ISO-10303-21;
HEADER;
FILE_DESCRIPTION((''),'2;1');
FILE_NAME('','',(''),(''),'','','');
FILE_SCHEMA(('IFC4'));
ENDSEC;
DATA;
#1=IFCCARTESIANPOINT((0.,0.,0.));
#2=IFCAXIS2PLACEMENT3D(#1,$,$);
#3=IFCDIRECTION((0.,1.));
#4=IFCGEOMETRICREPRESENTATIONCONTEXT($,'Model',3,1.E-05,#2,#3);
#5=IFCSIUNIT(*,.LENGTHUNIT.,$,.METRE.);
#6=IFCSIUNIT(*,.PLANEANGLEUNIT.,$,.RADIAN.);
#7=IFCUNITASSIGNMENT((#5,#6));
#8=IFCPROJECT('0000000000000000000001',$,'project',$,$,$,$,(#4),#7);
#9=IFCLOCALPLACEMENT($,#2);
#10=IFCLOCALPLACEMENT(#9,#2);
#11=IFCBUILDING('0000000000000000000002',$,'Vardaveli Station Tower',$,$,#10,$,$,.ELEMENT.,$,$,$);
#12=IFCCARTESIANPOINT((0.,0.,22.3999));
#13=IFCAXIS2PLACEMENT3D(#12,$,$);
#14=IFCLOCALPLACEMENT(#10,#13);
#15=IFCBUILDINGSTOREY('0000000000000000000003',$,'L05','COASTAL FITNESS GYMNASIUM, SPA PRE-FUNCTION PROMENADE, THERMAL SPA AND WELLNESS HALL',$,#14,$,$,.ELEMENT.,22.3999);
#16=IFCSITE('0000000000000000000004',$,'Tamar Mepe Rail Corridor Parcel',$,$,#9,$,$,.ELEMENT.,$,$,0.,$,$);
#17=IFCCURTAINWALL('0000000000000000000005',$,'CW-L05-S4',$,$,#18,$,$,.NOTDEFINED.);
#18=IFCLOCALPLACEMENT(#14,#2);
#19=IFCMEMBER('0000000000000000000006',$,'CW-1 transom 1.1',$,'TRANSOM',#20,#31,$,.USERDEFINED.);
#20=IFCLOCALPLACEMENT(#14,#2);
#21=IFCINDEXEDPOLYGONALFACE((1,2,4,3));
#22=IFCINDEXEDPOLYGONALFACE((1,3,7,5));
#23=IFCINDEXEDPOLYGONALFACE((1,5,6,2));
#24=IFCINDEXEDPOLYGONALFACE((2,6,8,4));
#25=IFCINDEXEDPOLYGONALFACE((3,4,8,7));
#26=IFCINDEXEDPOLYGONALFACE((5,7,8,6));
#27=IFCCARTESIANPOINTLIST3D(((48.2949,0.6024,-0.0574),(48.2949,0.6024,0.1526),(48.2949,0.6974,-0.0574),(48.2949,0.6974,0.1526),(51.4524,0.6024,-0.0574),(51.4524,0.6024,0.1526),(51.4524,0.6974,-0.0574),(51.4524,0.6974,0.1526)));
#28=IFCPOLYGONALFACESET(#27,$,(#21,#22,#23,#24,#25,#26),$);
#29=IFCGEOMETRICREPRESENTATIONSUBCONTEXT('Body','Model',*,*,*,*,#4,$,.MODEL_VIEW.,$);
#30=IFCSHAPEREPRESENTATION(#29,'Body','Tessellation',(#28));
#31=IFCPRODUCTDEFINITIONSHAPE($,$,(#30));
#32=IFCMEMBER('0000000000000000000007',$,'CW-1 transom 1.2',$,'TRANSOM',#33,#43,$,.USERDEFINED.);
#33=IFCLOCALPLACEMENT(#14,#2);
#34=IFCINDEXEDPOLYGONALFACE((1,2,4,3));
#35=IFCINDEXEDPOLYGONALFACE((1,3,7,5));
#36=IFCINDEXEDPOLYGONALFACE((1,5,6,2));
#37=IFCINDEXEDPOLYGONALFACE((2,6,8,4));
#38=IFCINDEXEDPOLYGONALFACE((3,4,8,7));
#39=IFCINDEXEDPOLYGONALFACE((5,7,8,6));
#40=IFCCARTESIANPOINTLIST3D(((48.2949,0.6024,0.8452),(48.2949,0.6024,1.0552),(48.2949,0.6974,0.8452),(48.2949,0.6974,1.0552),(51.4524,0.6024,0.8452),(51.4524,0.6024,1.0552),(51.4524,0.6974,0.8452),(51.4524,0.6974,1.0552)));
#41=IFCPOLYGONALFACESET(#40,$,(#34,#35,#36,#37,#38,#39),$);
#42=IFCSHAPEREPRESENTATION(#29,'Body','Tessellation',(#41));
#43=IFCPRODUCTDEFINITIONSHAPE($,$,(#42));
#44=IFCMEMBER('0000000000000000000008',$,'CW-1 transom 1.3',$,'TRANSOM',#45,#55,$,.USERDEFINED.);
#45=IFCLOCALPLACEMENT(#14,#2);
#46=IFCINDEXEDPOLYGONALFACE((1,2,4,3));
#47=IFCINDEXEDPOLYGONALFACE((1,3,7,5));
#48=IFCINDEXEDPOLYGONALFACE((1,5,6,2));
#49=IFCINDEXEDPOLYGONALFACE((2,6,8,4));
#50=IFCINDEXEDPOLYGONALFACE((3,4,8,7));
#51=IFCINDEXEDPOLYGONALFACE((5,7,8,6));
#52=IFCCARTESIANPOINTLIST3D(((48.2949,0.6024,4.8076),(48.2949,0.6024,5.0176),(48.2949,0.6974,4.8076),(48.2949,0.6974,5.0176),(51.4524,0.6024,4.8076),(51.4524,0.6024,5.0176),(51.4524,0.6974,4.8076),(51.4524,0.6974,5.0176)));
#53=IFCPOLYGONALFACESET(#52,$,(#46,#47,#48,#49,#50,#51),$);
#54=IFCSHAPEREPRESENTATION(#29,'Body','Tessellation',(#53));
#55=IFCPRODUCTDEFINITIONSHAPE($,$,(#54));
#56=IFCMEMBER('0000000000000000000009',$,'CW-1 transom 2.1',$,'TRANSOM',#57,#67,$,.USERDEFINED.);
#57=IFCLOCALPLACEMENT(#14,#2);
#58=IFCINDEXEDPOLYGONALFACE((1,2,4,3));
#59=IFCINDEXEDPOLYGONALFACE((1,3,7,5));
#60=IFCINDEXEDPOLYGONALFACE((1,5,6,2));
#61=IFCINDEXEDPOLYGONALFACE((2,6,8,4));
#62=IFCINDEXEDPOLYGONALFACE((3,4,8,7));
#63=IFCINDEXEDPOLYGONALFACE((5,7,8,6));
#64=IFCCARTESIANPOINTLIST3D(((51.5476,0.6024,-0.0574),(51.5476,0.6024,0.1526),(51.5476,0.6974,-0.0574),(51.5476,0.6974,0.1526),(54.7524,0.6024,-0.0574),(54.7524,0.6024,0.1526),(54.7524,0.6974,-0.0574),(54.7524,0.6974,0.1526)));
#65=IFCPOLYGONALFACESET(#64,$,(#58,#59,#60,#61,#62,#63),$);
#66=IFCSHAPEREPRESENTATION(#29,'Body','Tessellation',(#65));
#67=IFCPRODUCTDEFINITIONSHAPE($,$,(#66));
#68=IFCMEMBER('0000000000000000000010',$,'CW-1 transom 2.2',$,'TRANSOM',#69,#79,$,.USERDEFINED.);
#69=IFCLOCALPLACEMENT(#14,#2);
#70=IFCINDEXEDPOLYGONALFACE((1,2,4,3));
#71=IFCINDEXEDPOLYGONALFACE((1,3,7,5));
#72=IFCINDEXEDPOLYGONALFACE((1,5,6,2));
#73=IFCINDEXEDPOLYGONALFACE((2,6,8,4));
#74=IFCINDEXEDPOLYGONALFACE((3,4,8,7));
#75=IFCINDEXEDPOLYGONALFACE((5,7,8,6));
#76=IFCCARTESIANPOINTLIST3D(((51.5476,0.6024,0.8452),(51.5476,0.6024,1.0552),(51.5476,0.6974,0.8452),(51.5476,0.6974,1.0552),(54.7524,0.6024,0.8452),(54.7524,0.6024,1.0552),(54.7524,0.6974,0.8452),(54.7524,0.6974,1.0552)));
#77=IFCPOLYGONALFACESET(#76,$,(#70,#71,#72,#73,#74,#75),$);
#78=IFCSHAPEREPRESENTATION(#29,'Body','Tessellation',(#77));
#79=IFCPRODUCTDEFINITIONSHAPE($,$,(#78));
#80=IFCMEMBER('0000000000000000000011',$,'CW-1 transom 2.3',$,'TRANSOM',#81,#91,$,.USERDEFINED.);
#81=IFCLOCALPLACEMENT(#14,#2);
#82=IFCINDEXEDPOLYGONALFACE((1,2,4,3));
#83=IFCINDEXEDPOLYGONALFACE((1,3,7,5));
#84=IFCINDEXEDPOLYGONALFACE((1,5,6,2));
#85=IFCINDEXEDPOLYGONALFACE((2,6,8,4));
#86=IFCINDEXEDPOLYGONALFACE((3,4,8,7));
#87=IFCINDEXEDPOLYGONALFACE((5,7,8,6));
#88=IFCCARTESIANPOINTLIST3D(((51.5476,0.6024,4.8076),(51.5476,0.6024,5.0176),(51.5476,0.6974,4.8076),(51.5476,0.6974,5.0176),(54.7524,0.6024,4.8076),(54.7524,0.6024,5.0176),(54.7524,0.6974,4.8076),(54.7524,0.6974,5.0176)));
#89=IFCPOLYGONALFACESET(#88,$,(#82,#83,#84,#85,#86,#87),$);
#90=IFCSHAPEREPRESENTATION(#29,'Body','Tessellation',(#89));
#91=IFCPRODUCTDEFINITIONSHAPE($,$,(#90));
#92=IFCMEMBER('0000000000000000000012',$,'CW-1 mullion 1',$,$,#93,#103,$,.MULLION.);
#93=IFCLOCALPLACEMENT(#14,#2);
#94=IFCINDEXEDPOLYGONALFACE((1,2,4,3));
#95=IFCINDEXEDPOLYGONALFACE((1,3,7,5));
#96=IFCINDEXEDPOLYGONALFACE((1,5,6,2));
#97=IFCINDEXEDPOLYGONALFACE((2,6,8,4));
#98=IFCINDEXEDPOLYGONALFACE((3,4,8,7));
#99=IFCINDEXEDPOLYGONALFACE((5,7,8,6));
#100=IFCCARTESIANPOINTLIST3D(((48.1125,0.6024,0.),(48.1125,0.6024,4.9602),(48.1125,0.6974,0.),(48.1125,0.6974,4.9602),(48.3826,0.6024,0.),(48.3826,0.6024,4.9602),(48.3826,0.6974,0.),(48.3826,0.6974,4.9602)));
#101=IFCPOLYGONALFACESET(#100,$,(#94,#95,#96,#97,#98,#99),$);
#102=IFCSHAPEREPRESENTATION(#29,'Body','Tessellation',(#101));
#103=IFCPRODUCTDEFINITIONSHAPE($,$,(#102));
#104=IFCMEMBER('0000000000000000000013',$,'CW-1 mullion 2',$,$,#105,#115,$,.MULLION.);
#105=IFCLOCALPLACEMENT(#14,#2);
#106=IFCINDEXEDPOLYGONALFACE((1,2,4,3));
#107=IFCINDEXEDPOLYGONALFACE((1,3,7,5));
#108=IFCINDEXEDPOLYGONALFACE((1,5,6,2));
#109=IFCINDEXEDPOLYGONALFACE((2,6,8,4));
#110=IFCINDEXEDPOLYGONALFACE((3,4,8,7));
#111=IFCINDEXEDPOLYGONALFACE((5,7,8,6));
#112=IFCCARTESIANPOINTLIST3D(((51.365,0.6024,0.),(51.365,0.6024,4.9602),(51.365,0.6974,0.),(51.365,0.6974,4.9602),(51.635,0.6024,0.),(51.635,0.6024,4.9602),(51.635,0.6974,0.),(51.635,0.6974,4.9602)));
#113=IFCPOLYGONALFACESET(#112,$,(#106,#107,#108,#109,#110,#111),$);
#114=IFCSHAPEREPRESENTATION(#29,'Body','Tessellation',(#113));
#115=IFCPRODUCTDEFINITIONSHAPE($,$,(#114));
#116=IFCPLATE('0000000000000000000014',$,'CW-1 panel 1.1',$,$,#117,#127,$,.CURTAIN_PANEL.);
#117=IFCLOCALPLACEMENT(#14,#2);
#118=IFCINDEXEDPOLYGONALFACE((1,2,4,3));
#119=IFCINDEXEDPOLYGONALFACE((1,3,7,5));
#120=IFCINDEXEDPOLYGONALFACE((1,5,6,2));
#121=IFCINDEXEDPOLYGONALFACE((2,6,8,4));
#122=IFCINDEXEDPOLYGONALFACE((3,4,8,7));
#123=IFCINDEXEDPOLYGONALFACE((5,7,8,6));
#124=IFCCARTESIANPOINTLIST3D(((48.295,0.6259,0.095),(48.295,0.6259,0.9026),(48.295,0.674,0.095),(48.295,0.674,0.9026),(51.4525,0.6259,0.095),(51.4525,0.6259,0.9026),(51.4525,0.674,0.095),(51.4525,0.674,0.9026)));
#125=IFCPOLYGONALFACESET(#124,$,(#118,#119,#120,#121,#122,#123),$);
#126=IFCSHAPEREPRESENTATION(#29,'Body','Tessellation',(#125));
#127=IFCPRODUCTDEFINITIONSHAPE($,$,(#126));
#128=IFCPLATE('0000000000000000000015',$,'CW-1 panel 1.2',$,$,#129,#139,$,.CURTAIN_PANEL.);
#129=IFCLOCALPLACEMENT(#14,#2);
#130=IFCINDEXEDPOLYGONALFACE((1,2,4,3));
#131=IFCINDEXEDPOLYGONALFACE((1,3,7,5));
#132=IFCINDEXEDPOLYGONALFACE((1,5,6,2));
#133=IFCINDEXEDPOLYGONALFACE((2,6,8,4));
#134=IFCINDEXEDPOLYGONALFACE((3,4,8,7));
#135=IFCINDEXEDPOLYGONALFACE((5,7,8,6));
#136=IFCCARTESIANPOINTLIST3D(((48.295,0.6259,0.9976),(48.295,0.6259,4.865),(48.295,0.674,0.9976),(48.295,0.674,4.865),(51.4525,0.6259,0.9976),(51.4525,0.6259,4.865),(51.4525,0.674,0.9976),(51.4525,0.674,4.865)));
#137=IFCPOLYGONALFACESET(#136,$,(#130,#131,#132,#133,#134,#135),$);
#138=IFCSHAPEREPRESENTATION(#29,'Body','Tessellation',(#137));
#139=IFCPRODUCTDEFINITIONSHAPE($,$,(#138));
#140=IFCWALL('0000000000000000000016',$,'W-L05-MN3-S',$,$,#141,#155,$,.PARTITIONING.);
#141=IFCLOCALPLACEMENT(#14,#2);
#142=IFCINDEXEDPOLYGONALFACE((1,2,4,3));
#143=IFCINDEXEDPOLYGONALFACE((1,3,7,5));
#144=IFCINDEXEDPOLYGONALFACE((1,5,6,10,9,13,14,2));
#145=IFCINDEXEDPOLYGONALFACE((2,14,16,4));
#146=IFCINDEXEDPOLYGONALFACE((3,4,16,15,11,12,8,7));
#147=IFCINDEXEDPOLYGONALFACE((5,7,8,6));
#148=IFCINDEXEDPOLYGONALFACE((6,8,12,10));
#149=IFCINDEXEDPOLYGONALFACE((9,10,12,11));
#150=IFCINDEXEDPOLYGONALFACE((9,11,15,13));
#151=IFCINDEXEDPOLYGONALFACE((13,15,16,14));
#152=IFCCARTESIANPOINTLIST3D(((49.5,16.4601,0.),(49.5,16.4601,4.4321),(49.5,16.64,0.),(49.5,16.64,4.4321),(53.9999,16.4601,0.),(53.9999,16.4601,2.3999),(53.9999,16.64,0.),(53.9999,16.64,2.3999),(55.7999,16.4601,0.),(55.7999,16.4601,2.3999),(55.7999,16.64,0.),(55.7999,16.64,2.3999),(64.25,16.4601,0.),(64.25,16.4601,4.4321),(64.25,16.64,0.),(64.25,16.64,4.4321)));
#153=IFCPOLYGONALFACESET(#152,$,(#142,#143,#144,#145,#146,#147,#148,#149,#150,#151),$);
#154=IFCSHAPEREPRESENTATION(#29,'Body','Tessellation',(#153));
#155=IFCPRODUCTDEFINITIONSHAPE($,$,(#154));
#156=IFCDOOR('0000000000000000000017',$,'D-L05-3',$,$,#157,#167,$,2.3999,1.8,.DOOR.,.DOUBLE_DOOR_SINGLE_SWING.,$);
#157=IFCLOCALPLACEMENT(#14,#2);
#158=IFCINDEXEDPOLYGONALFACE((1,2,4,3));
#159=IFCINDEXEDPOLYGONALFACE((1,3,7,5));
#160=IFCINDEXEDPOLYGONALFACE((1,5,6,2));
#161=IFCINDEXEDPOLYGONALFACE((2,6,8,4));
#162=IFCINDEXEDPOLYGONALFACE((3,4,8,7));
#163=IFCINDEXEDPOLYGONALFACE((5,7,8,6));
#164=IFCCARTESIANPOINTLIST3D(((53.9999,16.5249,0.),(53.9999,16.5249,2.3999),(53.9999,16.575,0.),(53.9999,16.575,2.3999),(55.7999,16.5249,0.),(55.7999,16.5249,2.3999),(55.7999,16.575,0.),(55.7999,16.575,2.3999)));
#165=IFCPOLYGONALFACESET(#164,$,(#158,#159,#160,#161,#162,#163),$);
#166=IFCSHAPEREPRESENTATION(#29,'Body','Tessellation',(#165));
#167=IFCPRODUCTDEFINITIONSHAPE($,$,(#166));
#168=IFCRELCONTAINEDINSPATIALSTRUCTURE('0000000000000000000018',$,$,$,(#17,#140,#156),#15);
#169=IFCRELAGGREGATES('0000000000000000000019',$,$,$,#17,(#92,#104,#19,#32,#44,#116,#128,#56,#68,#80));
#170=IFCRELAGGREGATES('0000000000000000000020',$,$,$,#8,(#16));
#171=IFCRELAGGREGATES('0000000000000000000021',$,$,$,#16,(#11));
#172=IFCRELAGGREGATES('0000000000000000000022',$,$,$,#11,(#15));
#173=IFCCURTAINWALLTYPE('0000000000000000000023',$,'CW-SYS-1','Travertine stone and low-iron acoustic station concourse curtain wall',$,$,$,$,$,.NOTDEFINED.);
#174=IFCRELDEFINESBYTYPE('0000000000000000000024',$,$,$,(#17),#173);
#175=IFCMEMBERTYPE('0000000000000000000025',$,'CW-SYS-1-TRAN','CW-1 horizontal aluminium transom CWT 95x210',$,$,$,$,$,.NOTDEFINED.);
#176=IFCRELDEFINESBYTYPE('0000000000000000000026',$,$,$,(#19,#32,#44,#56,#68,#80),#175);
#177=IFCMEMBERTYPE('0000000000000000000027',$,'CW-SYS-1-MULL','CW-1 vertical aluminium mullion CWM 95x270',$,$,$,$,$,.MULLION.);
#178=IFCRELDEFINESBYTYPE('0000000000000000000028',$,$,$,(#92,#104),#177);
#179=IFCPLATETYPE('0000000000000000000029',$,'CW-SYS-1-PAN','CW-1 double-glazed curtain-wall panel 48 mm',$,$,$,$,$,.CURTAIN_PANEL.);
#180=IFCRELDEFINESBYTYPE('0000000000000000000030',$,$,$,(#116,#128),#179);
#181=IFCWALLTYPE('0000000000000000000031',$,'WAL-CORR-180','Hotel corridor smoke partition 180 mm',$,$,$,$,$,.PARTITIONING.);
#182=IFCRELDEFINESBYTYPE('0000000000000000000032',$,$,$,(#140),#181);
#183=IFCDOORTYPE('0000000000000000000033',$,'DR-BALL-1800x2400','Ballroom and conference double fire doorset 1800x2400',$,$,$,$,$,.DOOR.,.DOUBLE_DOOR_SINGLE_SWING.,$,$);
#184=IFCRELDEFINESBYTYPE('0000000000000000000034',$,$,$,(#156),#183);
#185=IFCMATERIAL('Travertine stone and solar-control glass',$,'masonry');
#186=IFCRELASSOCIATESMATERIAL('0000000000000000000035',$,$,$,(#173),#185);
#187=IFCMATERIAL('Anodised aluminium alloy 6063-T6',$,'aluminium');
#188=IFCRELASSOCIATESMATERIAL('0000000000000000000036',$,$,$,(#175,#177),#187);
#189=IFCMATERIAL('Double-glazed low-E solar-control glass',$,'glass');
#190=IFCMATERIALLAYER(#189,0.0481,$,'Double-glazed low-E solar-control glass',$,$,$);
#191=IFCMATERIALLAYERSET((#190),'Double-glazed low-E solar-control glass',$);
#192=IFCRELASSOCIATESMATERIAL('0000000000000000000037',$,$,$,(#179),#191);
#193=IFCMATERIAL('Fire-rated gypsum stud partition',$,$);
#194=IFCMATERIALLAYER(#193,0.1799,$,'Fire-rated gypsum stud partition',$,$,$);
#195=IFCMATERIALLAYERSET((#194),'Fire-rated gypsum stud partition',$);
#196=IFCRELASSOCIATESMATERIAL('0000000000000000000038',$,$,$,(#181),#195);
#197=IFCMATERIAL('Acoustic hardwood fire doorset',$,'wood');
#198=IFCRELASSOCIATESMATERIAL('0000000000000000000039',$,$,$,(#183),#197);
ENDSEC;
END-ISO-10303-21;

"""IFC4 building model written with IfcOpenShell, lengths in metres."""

from ifc_helpers import new_model, si_unit, direction, frame, frame_2d, origin, origin_2d, place, context, subcontext, project, spatial, rectangle, extrude, source, transform, mapped, material, layer, layer_set, material_profile, profile_set, type_object, element, fill, aggregate, save


model = new_model("IFC4")

# Units and contexts
model_context = context("Model", 3, precision=1e-05, world=origin(), true_north=direction((0.0, 1.0)))
body_context = subcontext(model_context, "Body", "Model", "MODEL_VIEW")
ifc_project = project(units=[si_unit("LENGTHUNIT", "METRE"), si_unit("PLANEANGLEUNIT", "RADIAN")], contexts=[model_context])

# Site, building, storey
site_placement = place(None, origin())
site = spatial("IfcSite", under=ifc_project, at=site_placement, Name="Tamar Mepe Rail Corridor Parcel", CompositionType="ELEMENT", RefElevation=0.0)
building_placement = place(site_placement, origin())
building = spatial("IfcBuilding", under=site, at=building_placement, Name="Vardaveli Station Tower", CompositionType="ELEMENT")
storey_placement = place(building_placement, frame((0.0, 0.0, 22.3999)))
storey = spatial("IfcBuildingStorey", under=building, at=storey_placement, Name="L05", Description="COASTAL FITNESS GYMNASIUM, SPA PRE-FUNCTION PROMENADE, THERMAL SPA AND WELLNESS HALL", CompositionType="ELEMENT", Elevation=22.3999)

# Curtain wall, members, plates
ifc_material_1 = material(Name="Travertine stone and solar-control glass", Category="masonry")
curtain_wall_type = type_object("IfcCurtainWallType", Name="CW-SYS-1", Description="Travertine stone and low-iron acoustic station concourse curtain wall", PredefinedType="NOTDEFINED", material=ifc_material_1)
curtain_wall_placement = place(storey_placement, origin())
curtain_wall = element("IfcCurtainWall", 1, at=curtain_wall_placement, inside=storey, type_object=curtain_wall_type, Name="CW-L05-S4", PredefinedType="NOTDEFINED")
ifc_material_2 = material(Name="Anodised aluminium alloy 6063-T6", Category="aluminium")
ifc_material_profile_1 = material_profile(ifc_material_2, rectangle(XDim=0.095, YDim=0.21, at=origin_2d()), Name="CWT 95x210")
ifc_profile_set_1 = profile_set([ifc_material_profile_1], Name="Anodised aluminium alloy 6063-T6")
member_type_1 = type_object("IfcMemberType", Name="CW-SYS-1-TRAN", Description="CW-1 horizontal aluminium transom CWT 95x210", PredefinedType="NOTDEFINED", material=ifc_profile_set_1)
shared_shape_1 = source(origin(), body_context, "Body", "SweptSolid", [
    extrude(rectangle(XDim=0.095, YDim=0.21, at=origin_2d()), origin(), (0.0, 0.0, 1.0), 3.1575),
])
member_1_placement = place(storey_placement, frame((48.2949, 0.6499, 0.0476), z_axis=(1.0, 0.0, 0.0), x_axis=(0.0, 1.0, 0.0)))
member_1 = element("IfcMember", 2, at=member_1_placement, type_object=member_type_1, Name="CW-1 transom 1.1", ObjectType="TRANSOM", PredefinedType="USERDEFINED", context=body_context, shape_type="MappedRepresentation", body=[
    mapped(shared_shape_1, transform((0.0, 0.0, 0.0), scale=1.0)),
])
member_2_placement = place(storey_placement, frame((48.2949, 0.6499, 0.9502), z_axis=(1.0, 0.0, 0.0), x_axis=(0.0, 1.0, 0.0)))
member_2 = element("IfcMember", 3, at=member_2_placement, type_object=member_type_1, Name="CW-1 transom 1.2", ObjectType="TRANSOM", PredefinedType="USERDEFINED", context=body_context, shape_type="MappedRepresentation", body=[
    mapped(shared_shape_1, transform((0.0, 0.0, 0.0), scale=1.0)),
])
member_3_placement = place(storey_placement, frame((48.2949, 0.6499, 4.9126), z_axis=(1.0, 0.0, 0.0), x_axis=(0.0, 1.0, 0.0)))
member_3 = element("IfcMember", 4, at=member_3_placement, type_object=member_type_1, Name="CW-1 transom 1.3", ObjectType="TRANSOM", PredefinedType="USERDEFINED", context=body_context, shape_type="MappedRepresentation", body=[
    mapped(shared_shape_1, transform((0.0, 0.0, 0.0), scale=1.0)),
])
shared_shape_2 = source(origin(), body_context, "Body", "SweptSolid", [
    extrude(rectangle(XDim=0.095, YDim=0.21, at=origin_2d()), origin(), (0.0, 0.0, 1.0), 3.2048),
])
member_4_placement = place(storey_placement, frame((51.5476, 0.6499, 0.0476), z_axis=(1.0, 0.0, 0.0), x_axis=(0.0, 1.0, 0.0)))
member_4 = element("IfcMember", 5, at=member_4_placement, type_object=member_type_1, Name="CW-1 transom 2.1", ObjectType="TRANSOM", PredefinedType="USERDEFINED", context=body_context, shape_type="MappedRepresentation", body=[
    mapped(shared_shape_2, transform((0.0, 0.0, 0.0), scale=1.0)),
])
member_5_placement = place(storey_placement, frame((51.5476, 0.6499, 0.9502), z_axis=(1.0, 0.0, 0.0), x_axis=(0.0, 1.0, 0.0)))
member_5 = element("IfcMember", 6, at=member_5_placement, type_object=member_type_1, Name="CW-1 transom 2.2", ObjectType="TRANSOM", PredefinedType="USERDEFINED", context=body_context, shape_type="MappedRepresentation", body=[
    mapped(shared_shape_2, transform((0.0, 0.0, 0.0), scale=1.0)),
])
member_6_placement = place(storey_placement, frame((51.5476, 0.6499, 4.9126), z_axis=(1.0, 0.0, 0.0), x_axis=(0.0, 1.0, 0.0)))
member_6 = element("IfcMember", 7, at=member_6_placement, type_object=member_type_1, Name="CW-1 transom 2.3", ObjectType="TRANSOM", PredefinedType="USERDEFINED", context=body_context, shape_type="MappedRepresentation", body=[
    mapped(shared_shape_2, transform((0.0, 0.0, 0.0), scale=1.0)),
])
ifc_material_profile_2 = material_profile(ifc_material_2, rectangle(XDim=0.095, YDim=0.27, at=origin_2d()), Name="CWM 95x270")
ifc_profile_set_2 = profile_set([ifc_material_profile_2], Name="Anodised aluminium alloy 6063-T6")
member_type_2 = type_object("IfcMemberType", Name="CW-SYS-1-MULL", Description="CW-1 vertical aluminium mullion CWM 95x270", PredefinedType="MULLION", material=ifc_profile_set_2)
shared_shape_3 = source(origin(), body_context, "Body", "SweptSolid", [
    extrude(rectangle(XDim=0.095, YDim=0.27, at=origin_2d()), origin(), (0.0, 0.0, 1.0), 4.9602),
])
member_7_placement = place(storey_placement, frame((48.2476, 0.6499, 0.0), z_axis=(0.0, 0.0, 1.0), x_axis=(0.0, 1.0, 0.0)))
member_7 = element("IfcMember", 8, at=member_7_placement, type_object=member_type_2, Name="CW-1 mullion 1", PredefinedType="MULLION", context=body_context, shape_type="MappedRepresentation", body=[
    mapped(shared_shape_3, transform((0.0, 0.0, 0.0), scale=1.0)),
])
member_8_placement = place(storey_placement, frame((51.5, 0.6499, 0.0), z_axis=(0.0, 0.0, 1.0), x_axis=(0.0, 1.0, 0.0)))
member_8 = element("IfcMember", 9, at=member_8_placement, type_object=member_type_2, Name="CW-1 mullion 2", PredefinedType="MULLION", context=body_context, shape_type="MappedRepresentation", body=[
    mapped(shared_shape_3, transform((0.0, 0.0, 0.0), scale=1.0)),
])
ifc_material_3 = material(Name="Double-glazed low-E solar-control glass", Category="glass")
ifc_layer_1 = layer(ifc_material_3, 0.0481, Name="Double-glazed low-E solar-control glass")
ifc_layer_set_1 = layer_set([ifc_layer_1], Name="Double-glazed low-E solar-control glass")
plate_type = type_object("IfcPlateType", Name="CW-SYS-1-PAN", Description="CW-1 double-glazed curtain-wall panel 48 mm", PredefinedType="CURTAIN_PANEL", material=ifc_layer_set_1)
shared_shape_4 = source(origin(), body_context, "Body", "SweptSolid", [
    extrude(rectangle(XDim=3.1575, YDim=0.0481, at=origin_2d()), origin(), (0.0, 0.0, 1.0), 0.8076),
])
plate_1_placement = place(storey_placement, frame((49.8738, 0.6499, 0.095), z_axis=(0.0, 0.0, 1.0), x_axis=(1.0, 0.0, 0.0)))
plate_1 = element("IfcPlate", 10, at=plate_1_placement, type_object=plate_type, Name="CW-1 panel 1.1", PredefinedType="CURTAIN_PANEL", context=body_context, shape_type="MappedRepresentation", body=[
    mapped(shared_shape_4, transform((0.0, 0.0, 0.0), scale=1.0)),
])
shared_shape_5 = source(origin(), body_context, "Body", "SweptSolid", [
    extrude(rectangle(XDim=3.1575, YDim=0.0481, at=origin_2d()), origin(), (0.0, 0.0, 1.0), 3.8674),
])
plate_2_placement = place(storey_placement, frame((49.8738, 0.6499, 0.9976), z_axis=(0.0, 0.0, 1.0), x_axis=(1.0, 0.0, 0.0)))
plate_2 = element("IfcPlate", 11, at=plate_2_placement, type_object=plate_type, Name="CW-1 panel 1.2", PredefinedType="CURTAIN_PANEL", context=body_context, shape_type="MappedRepresentation", body=[
    mapped(shared_shape_5, transform((0.0, 0.0, 0.0), scale=1.0)),
])
aggregate(curtain_wall, [member_7, member_8, member_1, member_2, member_3, plate_1, plate_2, member_4, member_5, member_6])

# Wall, opening, door
ifc_material_4 = material(Name="Fire-rated gypsum stud partition")
ifc_layer_2 = layer(ifc_material_4, 0.1799, Name="Fire-rated gypsum stud partition")
ifc_layer_set_2 = layer_set([ifc_layer_2], Name="Fire-rated gypsum stud partition")
wall_type = type_object("IfcWallType", Name="WAL-CORR-180", Description="Hotel corridor smoke partition 180 mm", PredefinedType="PARTITIONING", material=ifc_layer_set_2)
shared_shape_6 = source(origin(), body_context, "Body", "SweptSolid", [
    extrude(rectangle(XDim=14.75, YDim=0.1799, at=frame_2d((7.375, 0.0))), origin(), (0.0, 0.0, 1.0), 4.4321),
])
wall_1_placement = place(storey_placement, frame((49.5, 16.55, 0.0), z_axis=(0.0, 0.0, 1.0), x_axis=(1.0, 0.0, 0.0)))
wall_1 = element("IfcWall", 12, at=wall_1_placement, inside=storey, type_object=wall_type, Name="W-L05-MN3-S", PredefinedType="PARTITIONING", context=body_context, shape_type="MappedRepresentation", body=[
    mapped(shared_shape_6, transform((0.0, 0.0, 0.0), scale=1.0)),
])
shared_shape_7 = source(origin(), body_context, "Body", "SweptSolid", [
    extrude(rectangle(XDim=1.8, YDim=2.3999, at=frame_2d((0.8999, 1.2))), frame((0.0, 0.1001, 0.0), z_axis=(0.0, -1.0, 0.0), x_axis=(1.0, 0.0, 0.0)), (0.0, 0.0, 1.0), 0.2),
])
opening_placement = place(wall_1_placement, frame((4.5, 0.0, 0.0)))
opening = element("IfcOpeningElement", 13, at=opening_placement, cuts=wall_1, PredefinedType="OPENING", context=body_context, shape_type="MappedRepresentation", body=[
    mapped(shared_shape_7, transform((0.0, 0.0, 0.0), scale=1.0)),
])
ifc_material_5 = material(Name="Acoustic hardwood fire doorset", Category="wood")
door_type = type_object("IfcDoorType", Name="DR-BALL-1800x2400", Description="Ballroom and conference double fire doorset 1800x2400", OperationType="DOUBLE_DOOR_SINGLE_SWING", PredefinedType="DOOR", material=ifc_material_5)
shared_shape_8 = source(origin(), body_context, "Body", "SweptSolid", [
    extrude(rectangle(XDim=1.8, YDim=2.3999, at=frame_2d((0.8999, 1.2))), frame((0.0, 0.0249, 0.0), z_axis=(0.0, -1.0, 0.0), x_axis=(1.0, 0.0, 0.0)), (0.0, 0.0, 1.0), 0.05),
])
door_placement = place(opening_placement, origin())
door = element("IfcDoor", 14, at=door_placement, inside=storey, type_object=door_type, Name="D-L05-3", OperationType="DOUBLE_DOOR_SINGLE_SWING", OverallHeight=2.3999, OverallWidth=1.8, PredefinedType="DOOR", context=body_context, shape_type="MappedRepresentation", body=[
    mapped(shared_shape_8, transform((0.0, 0.0, 0.0), scale=1.0)),
])
fill(opening, door)

save(model, "model.ifc")
